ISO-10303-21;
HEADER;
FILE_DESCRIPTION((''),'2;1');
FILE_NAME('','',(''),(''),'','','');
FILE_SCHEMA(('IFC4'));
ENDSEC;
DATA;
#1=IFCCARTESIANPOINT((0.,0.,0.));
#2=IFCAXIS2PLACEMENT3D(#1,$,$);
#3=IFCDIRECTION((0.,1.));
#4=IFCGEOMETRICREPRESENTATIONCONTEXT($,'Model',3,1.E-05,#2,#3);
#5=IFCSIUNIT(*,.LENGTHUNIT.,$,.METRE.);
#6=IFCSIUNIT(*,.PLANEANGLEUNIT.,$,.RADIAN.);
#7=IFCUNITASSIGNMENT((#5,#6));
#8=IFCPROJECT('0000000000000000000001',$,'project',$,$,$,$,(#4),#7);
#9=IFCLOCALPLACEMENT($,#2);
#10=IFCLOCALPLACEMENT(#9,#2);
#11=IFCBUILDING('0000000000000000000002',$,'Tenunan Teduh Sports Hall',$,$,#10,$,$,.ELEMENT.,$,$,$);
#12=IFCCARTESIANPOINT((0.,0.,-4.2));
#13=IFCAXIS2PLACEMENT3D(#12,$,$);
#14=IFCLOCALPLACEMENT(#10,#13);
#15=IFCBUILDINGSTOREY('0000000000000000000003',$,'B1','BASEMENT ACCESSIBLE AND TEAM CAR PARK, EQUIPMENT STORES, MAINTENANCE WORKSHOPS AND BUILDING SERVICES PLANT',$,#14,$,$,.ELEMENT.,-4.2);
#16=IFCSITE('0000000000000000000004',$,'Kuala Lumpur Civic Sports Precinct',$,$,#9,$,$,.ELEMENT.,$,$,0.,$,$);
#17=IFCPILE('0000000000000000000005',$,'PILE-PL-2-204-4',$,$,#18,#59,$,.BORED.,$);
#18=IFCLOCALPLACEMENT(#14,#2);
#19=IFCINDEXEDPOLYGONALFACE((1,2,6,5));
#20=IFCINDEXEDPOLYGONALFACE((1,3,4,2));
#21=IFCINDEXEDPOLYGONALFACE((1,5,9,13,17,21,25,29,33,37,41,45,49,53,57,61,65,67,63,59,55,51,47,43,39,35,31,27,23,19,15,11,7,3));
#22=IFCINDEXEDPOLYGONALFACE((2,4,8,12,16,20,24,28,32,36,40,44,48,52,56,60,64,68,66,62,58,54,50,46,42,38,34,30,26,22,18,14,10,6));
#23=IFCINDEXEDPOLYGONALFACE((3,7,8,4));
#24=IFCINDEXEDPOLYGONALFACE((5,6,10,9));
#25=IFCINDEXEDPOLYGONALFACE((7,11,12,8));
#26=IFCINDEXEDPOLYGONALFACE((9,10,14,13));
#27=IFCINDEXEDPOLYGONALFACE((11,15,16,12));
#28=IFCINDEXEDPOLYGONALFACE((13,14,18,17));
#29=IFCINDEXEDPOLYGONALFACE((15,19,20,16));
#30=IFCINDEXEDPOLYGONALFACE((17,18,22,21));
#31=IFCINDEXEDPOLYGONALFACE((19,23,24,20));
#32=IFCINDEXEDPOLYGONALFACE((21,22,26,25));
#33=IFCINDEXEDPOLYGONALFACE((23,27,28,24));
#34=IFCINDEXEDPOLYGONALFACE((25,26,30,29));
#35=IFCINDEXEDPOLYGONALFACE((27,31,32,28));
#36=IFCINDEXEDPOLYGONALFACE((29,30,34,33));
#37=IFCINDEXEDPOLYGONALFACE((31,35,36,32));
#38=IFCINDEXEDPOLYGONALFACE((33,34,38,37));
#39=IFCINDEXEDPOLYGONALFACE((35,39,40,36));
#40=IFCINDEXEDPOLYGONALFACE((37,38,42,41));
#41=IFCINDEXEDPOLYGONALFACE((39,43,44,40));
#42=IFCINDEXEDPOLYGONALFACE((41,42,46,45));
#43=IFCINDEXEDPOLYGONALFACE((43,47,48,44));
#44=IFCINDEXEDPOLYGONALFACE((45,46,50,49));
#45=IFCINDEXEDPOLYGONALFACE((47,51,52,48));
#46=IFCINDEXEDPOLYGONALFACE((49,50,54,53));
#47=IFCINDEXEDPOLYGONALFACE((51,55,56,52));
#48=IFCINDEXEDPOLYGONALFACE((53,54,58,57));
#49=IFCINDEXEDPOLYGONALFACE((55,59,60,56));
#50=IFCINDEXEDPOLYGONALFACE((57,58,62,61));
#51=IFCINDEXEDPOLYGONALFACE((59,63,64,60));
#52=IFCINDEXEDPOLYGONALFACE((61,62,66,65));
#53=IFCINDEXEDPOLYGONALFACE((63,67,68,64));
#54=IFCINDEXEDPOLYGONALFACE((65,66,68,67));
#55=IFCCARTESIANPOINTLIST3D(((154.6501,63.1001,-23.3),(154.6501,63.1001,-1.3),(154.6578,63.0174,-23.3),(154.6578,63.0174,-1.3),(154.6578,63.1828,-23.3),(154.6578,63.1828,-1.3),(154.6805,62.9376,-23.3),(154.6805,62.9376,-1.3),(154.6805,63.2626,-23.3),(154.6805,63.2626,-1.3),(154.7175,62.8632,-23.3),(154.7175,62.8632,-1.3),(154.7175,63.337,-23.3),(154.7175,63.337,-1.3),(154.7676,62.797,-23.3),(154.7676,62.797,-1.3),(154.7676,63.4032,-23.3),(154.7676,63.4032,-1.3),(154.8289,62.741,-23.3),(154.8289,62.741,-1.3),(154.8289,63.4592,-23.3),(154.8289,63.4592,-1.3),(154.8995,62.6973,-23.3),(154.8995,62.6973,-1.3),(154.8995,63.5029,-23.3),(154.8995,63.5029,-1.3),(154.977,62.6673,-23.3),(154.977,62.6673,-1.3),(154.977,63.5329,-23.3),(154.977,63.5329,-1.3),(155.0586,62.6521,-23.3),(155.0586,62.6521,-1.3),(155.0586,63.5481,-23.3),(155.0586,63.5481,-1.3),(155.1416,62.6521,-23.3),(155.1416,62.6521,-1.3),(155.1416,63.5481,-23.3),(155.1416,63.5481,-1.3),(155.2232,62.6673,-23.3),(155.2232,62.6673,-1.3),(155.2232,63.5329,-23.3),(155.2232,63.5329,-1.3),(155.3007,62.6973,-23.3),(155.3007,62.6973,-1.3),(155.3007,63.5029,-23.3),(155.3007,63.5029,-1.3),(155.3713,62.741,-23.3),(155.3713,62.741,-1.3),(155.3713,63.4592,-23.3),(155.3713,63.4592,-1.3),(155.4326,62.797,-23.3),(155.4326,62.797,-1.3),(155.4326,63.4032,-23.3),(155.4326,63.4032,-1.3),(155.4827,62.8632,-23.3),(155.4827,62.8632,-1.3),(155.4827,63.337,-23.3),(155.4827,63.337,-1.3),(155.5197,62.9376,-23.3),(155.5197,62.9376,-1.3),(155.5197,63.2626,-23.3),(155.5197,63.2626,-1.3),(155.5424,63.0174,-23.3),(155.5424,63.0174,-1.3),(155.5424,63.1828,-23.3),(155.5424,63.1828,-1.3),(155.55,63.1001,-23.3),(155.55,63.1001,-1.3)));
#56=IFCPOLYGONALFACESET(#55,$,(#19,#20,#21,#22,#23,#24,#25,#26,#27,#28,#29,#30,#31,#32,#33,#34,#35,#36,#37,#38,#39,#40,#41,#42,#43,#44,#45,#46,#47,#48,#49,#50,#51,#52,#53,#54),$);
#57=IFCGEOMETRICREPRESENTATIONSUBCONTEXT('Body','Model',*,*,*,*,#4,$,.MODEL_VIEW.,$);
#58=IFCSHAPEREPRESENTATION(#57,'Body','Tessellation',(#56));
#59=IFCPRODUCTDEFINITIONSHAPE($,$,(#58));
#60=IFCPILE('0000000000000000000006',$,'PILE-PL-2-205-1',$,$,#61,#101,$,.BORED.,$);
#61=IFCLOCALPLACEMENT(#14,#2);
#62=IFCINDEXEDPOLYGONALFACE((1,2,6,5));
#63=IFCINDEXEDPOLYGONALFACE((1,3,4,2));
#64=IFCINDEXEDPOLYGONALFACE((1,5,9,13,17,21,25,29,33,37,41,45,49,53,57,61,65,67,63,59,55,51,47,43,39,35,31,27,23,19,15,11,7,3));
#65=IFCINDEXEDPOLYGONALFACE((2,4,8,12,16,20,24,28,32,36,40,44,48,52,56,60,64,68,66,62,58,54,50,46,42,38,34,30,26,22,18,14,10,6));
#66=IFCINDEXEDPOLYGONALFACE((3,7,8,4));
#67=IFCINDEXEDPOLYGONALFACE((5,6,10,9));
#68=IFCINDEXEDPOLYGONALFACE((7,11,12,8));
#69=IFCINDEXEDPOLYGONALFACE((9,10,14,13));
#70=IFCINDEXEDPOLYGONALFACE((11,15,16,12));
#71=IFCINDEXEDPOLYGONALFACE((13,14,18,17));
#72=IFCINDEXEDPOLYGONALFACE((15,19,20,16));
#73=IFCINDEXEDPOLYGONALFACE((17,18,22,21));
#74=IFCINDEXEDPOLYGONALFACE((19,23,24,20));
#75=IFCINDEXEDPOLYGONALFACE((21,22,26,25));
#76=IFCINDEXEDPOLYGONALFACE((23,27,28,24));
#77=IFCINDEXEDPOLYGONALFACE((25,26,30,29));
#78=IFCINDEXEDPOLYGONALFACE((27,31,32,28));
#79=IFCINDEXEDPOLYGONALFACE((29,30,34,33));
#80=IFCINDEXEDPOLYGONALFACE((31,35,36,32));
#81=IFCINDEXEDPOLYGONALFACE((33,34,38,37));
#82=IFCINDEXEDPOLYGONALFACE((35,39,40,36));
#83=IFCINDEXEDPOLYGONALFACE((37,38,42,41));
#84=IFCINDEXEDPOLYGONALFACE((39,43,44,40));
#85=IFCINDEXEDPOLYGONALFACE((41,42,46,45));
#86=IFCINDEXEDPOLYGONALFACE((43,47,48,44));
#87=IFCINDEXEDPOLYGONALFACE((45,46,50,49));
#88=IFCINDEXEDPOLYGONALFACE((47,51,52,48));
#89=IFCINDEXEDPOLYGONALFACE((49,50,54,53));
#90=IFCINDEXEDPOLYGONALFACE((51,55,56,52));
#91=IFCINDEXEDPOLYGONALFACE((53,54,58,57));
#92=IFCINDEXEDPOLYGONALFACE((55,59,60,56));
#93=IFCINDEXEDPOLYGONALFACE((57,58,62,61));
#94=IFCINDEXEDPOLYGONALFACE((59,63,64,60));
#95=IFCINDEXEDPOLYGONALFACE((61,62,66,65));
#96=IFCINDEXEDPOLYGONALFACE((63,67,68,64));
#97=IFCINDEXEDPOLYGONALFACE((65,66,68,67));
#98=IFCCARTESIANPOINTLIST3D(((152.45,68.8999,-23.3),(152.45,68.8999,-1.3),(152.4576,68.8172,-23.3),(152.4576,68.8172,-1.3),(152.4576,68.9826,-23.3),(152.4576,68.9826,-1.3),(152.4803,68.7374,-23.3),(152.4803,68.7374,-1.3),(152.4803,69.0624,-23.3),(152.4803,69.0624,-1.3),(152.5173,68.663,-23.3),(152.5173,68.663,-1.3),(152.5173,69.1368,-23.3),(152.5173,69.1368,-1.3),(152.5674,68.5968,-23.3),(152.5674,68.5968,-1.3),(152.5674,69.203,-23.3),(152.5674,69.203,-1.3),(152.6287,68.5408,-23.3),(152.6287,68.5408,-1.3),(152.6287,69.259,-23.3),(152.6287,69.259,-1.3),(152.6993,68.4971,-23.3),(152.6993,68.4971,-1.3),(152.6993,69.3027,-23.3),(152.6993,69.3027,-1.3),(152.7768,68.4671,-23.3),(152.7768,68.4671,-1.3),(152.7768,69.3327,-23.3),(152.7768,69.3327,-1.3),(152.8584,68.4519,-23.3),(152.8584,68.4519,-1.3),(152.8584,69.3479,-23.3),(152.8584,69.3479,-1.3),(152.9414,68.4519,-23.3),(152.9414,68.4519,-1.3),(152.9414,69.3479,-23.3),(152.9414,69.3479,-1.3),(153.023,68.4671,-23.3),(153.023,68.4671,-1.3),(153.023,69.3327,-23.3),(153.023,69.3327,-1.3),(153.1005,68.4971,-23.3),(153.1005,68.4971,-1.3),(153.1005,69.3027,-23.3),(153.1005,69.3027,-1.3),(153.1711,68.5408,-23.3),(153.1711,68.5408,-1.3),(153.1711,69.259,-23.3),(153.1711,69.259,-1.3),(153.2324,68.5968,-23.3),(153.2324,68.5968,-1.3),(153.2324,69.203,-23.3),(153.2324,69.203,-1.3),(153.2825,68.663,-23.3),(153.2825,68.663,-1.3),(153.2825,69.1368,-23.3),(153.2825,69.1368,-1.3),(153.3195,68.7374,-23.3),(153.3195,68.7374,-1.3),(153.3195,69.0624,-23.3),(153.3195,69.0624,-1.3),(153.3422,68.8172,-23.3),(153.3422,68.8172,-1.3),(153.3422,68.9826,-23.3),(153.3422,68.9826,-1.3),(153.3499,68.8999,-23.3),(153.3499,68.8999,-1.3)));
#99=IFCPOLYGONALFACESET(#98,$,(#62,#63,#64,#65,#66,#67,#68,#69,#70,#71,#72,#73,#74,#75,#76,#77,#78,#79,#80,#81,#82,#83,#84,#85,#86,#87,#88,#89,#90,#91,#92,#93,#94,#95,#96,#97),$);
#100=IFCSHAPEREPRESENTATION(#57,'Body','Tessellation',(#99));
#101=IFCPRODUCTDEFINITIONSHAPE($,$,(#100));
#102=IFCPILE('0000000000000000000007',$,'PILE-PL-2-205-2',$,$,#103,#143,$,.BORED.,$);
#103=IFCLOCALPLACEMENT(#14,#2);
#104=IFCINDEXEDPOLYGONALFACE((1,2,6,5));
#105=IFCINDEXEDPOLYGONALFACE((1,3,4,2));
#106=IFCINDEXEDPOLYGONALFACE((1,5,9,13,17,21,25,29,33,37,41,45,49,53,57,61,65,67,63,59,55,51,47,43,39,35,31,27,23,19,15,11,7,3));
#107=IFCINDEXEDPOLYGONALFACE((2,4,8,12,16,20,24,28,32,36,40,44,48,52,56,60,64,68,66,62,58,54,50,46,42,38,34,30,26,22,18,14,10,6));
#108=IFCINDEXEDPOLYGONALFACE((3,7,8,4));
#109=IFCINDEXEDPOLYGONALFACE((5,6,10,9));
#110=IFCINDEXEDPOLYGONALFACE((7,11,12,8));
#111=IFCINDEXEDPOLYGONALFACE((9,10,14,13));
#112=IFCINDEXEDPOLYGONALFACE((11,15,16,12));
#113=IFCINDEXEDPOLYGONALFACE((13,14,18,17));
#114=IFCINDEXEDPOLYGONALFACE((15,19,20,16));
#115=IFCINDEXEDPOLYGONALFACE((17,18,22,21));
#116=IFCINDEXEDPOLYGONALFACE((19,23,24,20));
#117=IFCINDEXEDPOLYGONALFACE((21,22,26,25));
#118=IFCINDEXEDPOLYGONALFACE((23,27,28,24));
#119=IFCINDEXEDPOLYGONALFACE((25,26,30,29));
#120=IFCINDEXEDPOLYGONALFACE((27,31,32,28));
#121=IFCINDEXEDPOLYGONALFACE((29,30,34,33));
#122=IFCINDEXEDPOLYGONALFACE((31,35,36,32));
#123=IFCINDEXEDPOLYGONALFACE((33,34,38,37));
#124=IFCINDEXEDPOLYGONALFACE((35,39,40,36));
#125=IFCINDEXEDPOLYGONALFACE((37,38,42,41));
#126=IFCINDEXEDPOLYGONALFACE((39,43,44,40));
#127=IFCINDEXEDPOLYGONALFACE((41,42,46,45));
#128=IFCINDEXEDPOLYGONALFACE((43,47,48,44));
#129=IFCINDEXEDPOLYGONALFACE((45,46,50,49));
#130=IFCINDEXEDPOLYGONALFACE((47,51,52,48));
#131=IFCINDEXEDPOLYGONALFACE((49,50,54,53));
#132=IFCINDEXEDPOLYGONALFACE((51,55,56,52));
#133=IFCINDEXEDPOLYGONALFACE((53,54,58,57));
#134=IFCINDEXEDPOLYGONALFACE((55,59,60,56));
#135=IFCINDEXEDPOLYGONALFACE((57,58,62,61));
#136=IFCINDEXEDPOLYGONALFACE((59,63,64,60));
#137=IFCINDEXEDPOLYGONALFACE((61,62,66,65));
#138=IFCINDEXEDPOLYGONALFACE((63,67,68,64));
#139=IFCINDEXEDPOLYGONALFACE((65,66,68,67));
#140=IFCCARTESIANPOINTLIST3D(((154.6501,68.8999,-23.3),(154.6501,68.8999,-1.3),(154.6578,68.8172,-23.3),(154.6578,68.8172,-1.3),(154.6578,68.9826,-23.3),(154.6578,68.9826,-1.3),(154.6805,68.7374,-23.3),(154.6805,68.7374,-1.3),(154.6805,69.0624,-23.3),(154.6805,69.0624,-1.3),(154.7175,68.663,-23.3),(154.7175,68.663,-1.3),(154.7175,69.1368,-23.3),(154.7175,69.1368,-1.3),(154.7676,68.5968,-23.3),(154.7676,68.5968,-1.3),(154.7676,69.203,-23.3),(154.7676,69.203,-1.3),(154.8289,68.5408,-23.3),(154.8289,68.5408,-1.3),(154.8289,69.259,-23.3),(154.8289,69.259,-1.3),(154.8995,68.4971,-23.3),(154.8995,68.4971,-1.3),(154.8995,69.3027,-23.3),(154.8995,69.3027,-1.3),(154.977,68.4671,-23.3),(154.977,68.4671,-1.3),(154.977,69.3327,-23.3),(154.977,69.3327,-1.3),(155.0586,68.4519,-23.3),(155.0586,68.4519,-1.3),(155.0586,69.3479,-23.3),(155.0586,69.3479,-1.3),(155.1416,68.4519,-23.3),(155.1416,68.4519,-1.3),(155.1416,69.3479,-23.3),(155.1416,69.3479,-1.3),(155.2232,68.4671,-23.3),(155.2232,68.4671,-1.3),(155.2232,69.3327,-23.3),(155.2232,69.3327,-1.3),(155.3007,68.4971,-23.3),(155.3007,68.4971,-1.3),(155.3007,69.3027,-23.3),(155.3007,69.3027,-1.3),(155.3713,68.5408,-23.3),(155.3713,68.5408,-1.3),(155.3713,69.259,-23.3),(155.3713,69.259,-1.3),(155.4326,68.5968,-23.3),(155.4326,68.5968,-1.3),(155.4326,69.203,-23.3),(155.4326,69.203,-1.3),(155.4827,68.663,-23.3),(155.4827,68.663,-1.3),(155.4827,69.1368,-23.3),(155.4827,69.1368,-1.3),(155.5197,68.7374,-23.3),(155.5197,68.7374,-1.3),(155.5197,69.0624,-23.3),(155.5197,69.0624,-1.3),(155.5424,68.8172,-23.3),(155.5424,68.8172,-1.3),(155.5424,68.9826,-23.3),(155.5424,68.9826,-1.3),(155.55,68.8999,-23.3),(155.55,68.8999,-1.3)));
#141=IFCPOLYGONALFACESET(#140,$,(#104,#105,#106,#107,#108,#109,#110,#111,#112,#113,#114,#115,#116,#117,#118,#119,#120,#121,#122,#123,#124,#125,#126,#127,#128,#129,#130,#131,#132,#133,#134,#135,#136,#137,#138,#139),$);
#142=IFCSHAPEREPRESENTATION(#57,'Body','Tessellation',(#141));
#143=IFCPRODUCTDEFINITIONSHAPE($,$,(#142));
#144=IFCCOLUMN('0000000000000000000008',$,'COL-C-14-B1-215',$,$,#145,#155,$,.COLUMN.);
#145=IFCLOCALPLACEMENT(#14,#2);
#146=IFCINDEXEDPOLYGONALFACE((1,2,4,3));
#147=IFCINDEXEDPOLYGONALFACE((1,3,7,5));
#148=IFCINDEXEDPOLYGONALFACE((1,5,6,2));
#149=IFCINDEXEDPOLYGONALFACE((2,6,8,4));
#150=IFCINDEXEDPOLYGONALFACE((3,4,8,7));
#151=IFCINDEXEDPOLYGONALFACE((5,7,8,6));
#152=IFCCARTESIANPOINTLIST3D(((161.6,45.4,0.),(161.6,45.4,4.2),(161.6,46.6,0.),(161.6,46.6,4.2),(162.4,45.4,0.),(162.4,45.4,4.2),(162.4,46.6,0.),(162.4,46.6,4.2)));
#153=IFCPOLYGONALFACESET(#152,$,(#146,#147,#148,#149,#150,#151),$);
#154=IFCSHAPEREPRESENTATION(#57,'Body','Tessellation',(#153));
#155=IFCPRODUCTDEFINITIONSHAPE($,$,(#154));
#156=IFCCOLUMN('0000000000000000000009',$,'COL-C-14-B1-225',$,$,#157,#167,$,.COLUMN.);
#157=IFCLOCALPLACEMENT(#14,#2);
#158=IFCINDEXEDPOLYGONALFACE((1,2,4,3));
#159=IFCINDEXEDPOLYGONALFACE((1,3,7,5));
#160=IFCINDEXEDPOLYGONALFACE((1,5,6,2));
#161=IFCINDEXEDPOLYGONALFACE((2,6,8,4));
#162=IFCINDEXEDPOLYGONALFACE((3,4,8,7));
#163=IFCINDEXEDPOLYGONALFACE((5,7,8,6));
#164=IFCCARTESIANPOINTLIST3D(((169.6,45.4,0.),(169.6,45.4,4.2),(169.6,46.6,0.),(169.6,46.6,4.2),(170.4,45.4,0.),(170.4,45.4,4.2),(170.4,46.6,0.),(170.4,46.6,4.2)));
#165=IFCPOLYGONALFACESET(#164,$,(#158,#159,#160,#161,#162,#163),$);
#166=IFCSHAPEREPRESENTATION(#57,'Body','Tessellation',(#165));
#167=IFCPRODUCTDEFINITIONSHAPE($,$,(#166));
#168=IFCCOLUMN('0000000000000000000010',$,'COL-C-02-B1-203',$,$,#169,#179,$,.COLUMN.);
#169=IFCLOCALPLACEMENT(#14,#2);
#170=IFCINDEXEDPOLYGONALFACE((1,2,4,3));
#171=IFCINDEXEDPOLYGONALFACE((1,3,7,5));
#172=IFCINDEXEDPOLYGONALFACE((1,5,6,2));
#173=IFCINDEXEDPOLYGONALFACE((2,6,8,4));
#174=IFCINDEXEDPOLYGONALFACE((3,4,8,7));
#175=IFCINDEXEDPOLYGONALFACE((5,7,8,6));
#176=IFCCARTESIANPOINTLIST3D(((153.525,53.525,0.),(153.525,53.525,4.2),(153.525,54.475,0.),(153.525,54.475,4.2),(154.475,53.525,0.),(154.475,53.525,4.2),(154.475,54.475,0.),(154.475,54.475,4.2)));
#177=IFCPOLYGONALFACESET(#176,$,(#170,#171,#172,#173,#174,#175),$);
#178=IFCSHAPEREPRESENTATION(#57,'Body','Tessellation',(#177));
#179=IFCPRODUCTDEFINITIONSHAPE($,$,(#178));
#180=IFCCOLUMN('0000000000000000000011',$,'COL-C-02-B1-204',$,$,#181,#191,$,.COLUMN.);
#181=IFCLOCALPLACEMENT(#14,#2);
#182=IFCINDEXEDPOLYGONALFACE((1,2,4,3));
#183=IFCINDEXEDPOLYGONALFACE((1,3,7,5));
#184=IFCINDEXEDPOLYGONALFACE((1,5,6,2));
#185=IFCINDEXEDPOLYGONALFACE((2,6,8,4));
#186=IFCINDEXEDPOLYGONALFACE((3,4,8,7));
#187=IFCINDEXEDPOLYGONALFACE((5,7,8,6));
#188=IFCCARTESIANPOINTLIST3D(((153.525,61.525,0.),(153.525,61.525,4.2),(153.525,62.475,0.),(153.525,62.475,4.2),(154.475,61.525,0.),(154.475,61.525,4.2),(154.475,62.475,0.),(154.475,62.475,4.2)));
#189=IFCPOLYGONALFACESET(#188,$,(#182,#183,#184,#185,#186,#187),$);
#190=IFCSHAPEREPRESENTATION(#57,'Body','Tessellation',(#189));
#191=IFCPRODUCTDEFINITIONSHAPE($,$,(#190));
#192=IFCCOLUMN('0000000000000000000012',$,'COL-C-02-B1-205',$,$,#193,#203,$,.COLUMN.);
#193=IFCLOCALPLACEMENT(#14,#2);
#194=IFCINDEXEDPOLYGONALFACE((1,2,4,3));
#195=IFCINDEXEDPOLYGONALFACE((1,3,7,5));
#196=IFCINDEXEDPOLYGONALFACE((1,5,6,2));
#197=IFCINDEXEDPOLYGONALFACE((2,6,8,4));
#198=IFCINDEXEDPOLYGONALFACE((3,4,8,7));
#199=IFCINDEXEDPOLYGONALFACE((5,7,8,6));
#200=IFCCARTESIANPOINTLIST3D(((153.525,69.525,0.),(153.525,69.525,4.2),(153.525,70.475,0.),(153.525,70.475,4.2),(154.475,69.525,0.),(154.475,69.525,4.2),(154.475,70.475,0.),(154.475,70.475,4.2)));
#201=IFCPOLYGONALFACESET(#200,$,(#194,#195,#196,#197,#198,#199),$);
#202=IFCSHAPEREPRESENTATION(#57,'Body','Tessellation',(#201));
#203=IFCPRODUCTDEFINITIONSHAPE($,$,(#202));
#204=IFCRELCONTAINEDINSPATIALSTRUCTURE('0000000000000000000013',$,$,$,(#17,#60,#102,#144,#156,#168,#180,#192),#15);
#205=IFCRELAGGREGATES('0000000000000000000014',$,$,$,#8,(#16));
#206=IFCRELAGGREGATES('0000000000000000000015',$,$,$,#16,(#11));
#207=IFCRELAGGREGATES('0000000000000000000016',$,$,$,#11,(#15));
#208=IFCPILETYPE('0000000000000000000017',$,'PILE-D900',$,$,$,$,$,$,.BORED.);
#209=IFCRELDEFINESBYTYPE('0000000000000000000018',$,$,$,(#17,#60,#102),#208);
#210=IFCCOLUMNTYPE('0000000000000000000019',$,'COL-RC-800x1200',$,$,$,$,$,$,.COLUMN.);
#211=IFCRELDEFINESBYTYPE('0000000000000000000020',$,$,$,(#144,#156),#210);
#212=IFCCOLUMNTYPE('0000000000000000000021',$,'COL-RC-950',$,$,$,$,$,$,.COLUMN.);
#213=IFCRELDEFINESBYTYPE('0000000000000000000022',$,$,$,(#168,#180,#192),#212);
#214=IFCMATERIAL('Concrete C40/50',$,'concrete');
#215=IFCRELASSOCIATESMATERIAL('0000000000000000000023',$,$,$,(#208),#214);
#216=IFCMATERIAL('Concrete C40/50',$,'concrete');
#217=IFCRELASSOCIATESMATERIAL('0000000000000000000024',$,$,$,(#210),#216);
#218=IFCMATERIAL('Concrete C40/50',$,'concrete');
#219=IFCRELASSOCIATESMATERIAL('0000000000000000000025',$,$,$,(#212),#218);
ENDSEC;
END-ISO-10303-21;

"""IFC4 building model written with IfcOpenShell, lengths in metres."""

from ifc_helpers import new_model, si_unit, direction, frame, origin, origin_2d, place, context, subcontext, project, spatial, rectangle, circle, extrude, material, material_profile, profile_set, type_object, element, save


model = new_model("IFC4")

# Units and contexts
model_context = context("Model", 3, precision=1e-05, world=origin(), true_north=direction((0.0, 1.0)))
body_context = subcontext(model_context, "Body", "Model", "MODEL_VIEW")
ifc_project = project(units=[si_unit("LENGTHUNIT", "METRE"), si_unit("PLANEANGLEUNIT", "RADIAN")], contexts=[model_context])

# Site, building, storey
site_placement = place(None, origin())
site = spatial("IfcSite", under=ifc_project, at=site_placement, Name="Kuala Lumpur Civic Sports Precinct", CompositionType="ELEMENT", RefElevation=0.0)
building_placement = place(site_placement, origin())
building = spatial("IfcBuilding", under=site, at=building_placement, Name="Tenunan Teduh Sports Hall", CompositionType="ELEMENT")
storey_placement = place(building_placement, frame((0.0, 0.0, -4.2)))
storey = spatial("IfcBuildingStorey", under=building, at=storey_placement, Name="B1", Description="BASEMENT ACCESSIBLE AND TEAM CAR PARK, EQUIPMENT STORES, MAINTENANCE WORKSHOPS AND BUILDING SERVICES PLANT", CompositionType="ELEMENT", Elevation=-4.2)

# Piles
ifc_material_1 = material(Name="Concrete C40/50", Category="concrete")
ifc_material_profile_1 = material_profile(ifc_material_1, circle(Radius=0.45, at=origin_2d()), Name="PILE D900")
ifc_profile_set_1 = profile_set([ifc_material_profile_1], Name="Concrete C40/50")
pile_type_1 = type_object("IfcPileType", Name="PILE-D900", PredefinedType="BORED", material=ifc_profile_set_1)
for number, where, z_axis, x_axis, name in (
    (1, (155.1001, 63.1001, -1.3), (0.0, 0.0, -1.0), (1.0, 0.0, 0.0), "PILE-PL-2-204-4"),
    (2, (152.8999, 68.8999, -1.3), (0.0, 0.0, -1.0), (1.0, 0.0, 0.0), "PILE-PL-2-205-1"),
    (3, (155.1001, 68.8999, -1.3), (0.0, 0.0, -1.0), (1.0, 0.0, 0.0), "PILE-PL-2-205-2"),
):
    element("IfcPile", number, at=place(storey_placement, frame(where, z_axis=z_axis, x_axis=x_axis)), inside=storey, type_object=pile_type_1, Name=name, PredefinedType="BORED", context=body_context, shape_type="SweptSolid", body=[
        extrude(circle(Radius=0.45, at=origin_2d()), origin(), (0.0, 0.0, 1.0), 22.0),
    ])

# Columns
ifc_material_2 = material(Name="Concrete C40/50", Category="concrete")
ifc_material_profile_2 = material_profile(ifc_material_2, rectangle(XDim=0.8, YDim=1.2, at=origin_2d()), Name="RC 800x1200")
ifc_profile_set_2 = profile_set([ifc_material_profile_2], Name="Concrete C40/50")
column_type_1 = type_object("IfcColumnType", Name="COL-RC-800x1200", PredefinedType="COLUMN", material=ifc_profile_set_2)
for number, where, z_axis, x_axis, name in (
    (4, (162.0, 46.0, 0.0), (0.0, 0.0, 1.0), (1.0, 0.0, 0.0), "COL-C-14-B1-215"),
    (5, (170.0, 46.0, 0.0), (0.0, 0.0, 1.0), (1.0, 0.0, 0.0), "COL-C-14-B1-225"),
):
    element("IfcColumn", number, at=place(storey_placement, frame(where, z_axis=z_axis, x_axis=x_axis)), inside=storey, type_object=column_type_1, Name=name, PredefinedType="COLUMN", context=body_context, shape_type="SweptSolid", body=[
        extrude(rectangle(XDim=0.8, YDim=1.2, at=origin_2d()), origin(), (0.0, 0.0, 1.0), 4.2),
    ])
ifc_material_3 = material(Name="Concrete C40/50", Category="concrete")
ifc_material_profile_3 = material_profile(ifc_material_3, rectangle(XDim=0.95, YDim=0.95, at=origin_2d()), Name="RC 950x950")
ifc_profile_set_3 = profile_set([ifc_material_profile_3], Name="Concrete C40/50")
column_type_2 = type_object("IfcColumnType", Name="COL-RC-950", PredefinedType="COLUMN", material=ifc_profile_set_3)
for number, where, z_axis, x_axis, name in (
    (6, (154.0, 54.0, 0.0), (0.0, 0.0, 1.0), (1.0, 0.0, 0.0), "COL-C-02-B1-203"),
    (7, (154.0, 62.0, 0.0), (0.0, 0.0, 1.0), (1.0, 0.0, 0.0), "COL-C-02-B1-204"),
    (8, (154.0, 70.0, 0.0), (0.0, 0.0, 1.0), (1.0, 0.0, 0.0), "COL-C-02-B1-205"),
):
    element("IfcColumn", number, at=place(storey_placement, frame(where, z_axis=z_axis, x_axis=x_axis)), inside=storey, type_object=column_type_2, Name=name, PredefinedType="COLUMN", context=body_context, shape_type="SweptSolid", body=[
        extrude(rectangle(XDim=0.95, YDim=0.95, at=origin_2d()), origin(), (0.0, 0.0, 1.0), 4.2),
    ])

save(model, "model.ifc")
